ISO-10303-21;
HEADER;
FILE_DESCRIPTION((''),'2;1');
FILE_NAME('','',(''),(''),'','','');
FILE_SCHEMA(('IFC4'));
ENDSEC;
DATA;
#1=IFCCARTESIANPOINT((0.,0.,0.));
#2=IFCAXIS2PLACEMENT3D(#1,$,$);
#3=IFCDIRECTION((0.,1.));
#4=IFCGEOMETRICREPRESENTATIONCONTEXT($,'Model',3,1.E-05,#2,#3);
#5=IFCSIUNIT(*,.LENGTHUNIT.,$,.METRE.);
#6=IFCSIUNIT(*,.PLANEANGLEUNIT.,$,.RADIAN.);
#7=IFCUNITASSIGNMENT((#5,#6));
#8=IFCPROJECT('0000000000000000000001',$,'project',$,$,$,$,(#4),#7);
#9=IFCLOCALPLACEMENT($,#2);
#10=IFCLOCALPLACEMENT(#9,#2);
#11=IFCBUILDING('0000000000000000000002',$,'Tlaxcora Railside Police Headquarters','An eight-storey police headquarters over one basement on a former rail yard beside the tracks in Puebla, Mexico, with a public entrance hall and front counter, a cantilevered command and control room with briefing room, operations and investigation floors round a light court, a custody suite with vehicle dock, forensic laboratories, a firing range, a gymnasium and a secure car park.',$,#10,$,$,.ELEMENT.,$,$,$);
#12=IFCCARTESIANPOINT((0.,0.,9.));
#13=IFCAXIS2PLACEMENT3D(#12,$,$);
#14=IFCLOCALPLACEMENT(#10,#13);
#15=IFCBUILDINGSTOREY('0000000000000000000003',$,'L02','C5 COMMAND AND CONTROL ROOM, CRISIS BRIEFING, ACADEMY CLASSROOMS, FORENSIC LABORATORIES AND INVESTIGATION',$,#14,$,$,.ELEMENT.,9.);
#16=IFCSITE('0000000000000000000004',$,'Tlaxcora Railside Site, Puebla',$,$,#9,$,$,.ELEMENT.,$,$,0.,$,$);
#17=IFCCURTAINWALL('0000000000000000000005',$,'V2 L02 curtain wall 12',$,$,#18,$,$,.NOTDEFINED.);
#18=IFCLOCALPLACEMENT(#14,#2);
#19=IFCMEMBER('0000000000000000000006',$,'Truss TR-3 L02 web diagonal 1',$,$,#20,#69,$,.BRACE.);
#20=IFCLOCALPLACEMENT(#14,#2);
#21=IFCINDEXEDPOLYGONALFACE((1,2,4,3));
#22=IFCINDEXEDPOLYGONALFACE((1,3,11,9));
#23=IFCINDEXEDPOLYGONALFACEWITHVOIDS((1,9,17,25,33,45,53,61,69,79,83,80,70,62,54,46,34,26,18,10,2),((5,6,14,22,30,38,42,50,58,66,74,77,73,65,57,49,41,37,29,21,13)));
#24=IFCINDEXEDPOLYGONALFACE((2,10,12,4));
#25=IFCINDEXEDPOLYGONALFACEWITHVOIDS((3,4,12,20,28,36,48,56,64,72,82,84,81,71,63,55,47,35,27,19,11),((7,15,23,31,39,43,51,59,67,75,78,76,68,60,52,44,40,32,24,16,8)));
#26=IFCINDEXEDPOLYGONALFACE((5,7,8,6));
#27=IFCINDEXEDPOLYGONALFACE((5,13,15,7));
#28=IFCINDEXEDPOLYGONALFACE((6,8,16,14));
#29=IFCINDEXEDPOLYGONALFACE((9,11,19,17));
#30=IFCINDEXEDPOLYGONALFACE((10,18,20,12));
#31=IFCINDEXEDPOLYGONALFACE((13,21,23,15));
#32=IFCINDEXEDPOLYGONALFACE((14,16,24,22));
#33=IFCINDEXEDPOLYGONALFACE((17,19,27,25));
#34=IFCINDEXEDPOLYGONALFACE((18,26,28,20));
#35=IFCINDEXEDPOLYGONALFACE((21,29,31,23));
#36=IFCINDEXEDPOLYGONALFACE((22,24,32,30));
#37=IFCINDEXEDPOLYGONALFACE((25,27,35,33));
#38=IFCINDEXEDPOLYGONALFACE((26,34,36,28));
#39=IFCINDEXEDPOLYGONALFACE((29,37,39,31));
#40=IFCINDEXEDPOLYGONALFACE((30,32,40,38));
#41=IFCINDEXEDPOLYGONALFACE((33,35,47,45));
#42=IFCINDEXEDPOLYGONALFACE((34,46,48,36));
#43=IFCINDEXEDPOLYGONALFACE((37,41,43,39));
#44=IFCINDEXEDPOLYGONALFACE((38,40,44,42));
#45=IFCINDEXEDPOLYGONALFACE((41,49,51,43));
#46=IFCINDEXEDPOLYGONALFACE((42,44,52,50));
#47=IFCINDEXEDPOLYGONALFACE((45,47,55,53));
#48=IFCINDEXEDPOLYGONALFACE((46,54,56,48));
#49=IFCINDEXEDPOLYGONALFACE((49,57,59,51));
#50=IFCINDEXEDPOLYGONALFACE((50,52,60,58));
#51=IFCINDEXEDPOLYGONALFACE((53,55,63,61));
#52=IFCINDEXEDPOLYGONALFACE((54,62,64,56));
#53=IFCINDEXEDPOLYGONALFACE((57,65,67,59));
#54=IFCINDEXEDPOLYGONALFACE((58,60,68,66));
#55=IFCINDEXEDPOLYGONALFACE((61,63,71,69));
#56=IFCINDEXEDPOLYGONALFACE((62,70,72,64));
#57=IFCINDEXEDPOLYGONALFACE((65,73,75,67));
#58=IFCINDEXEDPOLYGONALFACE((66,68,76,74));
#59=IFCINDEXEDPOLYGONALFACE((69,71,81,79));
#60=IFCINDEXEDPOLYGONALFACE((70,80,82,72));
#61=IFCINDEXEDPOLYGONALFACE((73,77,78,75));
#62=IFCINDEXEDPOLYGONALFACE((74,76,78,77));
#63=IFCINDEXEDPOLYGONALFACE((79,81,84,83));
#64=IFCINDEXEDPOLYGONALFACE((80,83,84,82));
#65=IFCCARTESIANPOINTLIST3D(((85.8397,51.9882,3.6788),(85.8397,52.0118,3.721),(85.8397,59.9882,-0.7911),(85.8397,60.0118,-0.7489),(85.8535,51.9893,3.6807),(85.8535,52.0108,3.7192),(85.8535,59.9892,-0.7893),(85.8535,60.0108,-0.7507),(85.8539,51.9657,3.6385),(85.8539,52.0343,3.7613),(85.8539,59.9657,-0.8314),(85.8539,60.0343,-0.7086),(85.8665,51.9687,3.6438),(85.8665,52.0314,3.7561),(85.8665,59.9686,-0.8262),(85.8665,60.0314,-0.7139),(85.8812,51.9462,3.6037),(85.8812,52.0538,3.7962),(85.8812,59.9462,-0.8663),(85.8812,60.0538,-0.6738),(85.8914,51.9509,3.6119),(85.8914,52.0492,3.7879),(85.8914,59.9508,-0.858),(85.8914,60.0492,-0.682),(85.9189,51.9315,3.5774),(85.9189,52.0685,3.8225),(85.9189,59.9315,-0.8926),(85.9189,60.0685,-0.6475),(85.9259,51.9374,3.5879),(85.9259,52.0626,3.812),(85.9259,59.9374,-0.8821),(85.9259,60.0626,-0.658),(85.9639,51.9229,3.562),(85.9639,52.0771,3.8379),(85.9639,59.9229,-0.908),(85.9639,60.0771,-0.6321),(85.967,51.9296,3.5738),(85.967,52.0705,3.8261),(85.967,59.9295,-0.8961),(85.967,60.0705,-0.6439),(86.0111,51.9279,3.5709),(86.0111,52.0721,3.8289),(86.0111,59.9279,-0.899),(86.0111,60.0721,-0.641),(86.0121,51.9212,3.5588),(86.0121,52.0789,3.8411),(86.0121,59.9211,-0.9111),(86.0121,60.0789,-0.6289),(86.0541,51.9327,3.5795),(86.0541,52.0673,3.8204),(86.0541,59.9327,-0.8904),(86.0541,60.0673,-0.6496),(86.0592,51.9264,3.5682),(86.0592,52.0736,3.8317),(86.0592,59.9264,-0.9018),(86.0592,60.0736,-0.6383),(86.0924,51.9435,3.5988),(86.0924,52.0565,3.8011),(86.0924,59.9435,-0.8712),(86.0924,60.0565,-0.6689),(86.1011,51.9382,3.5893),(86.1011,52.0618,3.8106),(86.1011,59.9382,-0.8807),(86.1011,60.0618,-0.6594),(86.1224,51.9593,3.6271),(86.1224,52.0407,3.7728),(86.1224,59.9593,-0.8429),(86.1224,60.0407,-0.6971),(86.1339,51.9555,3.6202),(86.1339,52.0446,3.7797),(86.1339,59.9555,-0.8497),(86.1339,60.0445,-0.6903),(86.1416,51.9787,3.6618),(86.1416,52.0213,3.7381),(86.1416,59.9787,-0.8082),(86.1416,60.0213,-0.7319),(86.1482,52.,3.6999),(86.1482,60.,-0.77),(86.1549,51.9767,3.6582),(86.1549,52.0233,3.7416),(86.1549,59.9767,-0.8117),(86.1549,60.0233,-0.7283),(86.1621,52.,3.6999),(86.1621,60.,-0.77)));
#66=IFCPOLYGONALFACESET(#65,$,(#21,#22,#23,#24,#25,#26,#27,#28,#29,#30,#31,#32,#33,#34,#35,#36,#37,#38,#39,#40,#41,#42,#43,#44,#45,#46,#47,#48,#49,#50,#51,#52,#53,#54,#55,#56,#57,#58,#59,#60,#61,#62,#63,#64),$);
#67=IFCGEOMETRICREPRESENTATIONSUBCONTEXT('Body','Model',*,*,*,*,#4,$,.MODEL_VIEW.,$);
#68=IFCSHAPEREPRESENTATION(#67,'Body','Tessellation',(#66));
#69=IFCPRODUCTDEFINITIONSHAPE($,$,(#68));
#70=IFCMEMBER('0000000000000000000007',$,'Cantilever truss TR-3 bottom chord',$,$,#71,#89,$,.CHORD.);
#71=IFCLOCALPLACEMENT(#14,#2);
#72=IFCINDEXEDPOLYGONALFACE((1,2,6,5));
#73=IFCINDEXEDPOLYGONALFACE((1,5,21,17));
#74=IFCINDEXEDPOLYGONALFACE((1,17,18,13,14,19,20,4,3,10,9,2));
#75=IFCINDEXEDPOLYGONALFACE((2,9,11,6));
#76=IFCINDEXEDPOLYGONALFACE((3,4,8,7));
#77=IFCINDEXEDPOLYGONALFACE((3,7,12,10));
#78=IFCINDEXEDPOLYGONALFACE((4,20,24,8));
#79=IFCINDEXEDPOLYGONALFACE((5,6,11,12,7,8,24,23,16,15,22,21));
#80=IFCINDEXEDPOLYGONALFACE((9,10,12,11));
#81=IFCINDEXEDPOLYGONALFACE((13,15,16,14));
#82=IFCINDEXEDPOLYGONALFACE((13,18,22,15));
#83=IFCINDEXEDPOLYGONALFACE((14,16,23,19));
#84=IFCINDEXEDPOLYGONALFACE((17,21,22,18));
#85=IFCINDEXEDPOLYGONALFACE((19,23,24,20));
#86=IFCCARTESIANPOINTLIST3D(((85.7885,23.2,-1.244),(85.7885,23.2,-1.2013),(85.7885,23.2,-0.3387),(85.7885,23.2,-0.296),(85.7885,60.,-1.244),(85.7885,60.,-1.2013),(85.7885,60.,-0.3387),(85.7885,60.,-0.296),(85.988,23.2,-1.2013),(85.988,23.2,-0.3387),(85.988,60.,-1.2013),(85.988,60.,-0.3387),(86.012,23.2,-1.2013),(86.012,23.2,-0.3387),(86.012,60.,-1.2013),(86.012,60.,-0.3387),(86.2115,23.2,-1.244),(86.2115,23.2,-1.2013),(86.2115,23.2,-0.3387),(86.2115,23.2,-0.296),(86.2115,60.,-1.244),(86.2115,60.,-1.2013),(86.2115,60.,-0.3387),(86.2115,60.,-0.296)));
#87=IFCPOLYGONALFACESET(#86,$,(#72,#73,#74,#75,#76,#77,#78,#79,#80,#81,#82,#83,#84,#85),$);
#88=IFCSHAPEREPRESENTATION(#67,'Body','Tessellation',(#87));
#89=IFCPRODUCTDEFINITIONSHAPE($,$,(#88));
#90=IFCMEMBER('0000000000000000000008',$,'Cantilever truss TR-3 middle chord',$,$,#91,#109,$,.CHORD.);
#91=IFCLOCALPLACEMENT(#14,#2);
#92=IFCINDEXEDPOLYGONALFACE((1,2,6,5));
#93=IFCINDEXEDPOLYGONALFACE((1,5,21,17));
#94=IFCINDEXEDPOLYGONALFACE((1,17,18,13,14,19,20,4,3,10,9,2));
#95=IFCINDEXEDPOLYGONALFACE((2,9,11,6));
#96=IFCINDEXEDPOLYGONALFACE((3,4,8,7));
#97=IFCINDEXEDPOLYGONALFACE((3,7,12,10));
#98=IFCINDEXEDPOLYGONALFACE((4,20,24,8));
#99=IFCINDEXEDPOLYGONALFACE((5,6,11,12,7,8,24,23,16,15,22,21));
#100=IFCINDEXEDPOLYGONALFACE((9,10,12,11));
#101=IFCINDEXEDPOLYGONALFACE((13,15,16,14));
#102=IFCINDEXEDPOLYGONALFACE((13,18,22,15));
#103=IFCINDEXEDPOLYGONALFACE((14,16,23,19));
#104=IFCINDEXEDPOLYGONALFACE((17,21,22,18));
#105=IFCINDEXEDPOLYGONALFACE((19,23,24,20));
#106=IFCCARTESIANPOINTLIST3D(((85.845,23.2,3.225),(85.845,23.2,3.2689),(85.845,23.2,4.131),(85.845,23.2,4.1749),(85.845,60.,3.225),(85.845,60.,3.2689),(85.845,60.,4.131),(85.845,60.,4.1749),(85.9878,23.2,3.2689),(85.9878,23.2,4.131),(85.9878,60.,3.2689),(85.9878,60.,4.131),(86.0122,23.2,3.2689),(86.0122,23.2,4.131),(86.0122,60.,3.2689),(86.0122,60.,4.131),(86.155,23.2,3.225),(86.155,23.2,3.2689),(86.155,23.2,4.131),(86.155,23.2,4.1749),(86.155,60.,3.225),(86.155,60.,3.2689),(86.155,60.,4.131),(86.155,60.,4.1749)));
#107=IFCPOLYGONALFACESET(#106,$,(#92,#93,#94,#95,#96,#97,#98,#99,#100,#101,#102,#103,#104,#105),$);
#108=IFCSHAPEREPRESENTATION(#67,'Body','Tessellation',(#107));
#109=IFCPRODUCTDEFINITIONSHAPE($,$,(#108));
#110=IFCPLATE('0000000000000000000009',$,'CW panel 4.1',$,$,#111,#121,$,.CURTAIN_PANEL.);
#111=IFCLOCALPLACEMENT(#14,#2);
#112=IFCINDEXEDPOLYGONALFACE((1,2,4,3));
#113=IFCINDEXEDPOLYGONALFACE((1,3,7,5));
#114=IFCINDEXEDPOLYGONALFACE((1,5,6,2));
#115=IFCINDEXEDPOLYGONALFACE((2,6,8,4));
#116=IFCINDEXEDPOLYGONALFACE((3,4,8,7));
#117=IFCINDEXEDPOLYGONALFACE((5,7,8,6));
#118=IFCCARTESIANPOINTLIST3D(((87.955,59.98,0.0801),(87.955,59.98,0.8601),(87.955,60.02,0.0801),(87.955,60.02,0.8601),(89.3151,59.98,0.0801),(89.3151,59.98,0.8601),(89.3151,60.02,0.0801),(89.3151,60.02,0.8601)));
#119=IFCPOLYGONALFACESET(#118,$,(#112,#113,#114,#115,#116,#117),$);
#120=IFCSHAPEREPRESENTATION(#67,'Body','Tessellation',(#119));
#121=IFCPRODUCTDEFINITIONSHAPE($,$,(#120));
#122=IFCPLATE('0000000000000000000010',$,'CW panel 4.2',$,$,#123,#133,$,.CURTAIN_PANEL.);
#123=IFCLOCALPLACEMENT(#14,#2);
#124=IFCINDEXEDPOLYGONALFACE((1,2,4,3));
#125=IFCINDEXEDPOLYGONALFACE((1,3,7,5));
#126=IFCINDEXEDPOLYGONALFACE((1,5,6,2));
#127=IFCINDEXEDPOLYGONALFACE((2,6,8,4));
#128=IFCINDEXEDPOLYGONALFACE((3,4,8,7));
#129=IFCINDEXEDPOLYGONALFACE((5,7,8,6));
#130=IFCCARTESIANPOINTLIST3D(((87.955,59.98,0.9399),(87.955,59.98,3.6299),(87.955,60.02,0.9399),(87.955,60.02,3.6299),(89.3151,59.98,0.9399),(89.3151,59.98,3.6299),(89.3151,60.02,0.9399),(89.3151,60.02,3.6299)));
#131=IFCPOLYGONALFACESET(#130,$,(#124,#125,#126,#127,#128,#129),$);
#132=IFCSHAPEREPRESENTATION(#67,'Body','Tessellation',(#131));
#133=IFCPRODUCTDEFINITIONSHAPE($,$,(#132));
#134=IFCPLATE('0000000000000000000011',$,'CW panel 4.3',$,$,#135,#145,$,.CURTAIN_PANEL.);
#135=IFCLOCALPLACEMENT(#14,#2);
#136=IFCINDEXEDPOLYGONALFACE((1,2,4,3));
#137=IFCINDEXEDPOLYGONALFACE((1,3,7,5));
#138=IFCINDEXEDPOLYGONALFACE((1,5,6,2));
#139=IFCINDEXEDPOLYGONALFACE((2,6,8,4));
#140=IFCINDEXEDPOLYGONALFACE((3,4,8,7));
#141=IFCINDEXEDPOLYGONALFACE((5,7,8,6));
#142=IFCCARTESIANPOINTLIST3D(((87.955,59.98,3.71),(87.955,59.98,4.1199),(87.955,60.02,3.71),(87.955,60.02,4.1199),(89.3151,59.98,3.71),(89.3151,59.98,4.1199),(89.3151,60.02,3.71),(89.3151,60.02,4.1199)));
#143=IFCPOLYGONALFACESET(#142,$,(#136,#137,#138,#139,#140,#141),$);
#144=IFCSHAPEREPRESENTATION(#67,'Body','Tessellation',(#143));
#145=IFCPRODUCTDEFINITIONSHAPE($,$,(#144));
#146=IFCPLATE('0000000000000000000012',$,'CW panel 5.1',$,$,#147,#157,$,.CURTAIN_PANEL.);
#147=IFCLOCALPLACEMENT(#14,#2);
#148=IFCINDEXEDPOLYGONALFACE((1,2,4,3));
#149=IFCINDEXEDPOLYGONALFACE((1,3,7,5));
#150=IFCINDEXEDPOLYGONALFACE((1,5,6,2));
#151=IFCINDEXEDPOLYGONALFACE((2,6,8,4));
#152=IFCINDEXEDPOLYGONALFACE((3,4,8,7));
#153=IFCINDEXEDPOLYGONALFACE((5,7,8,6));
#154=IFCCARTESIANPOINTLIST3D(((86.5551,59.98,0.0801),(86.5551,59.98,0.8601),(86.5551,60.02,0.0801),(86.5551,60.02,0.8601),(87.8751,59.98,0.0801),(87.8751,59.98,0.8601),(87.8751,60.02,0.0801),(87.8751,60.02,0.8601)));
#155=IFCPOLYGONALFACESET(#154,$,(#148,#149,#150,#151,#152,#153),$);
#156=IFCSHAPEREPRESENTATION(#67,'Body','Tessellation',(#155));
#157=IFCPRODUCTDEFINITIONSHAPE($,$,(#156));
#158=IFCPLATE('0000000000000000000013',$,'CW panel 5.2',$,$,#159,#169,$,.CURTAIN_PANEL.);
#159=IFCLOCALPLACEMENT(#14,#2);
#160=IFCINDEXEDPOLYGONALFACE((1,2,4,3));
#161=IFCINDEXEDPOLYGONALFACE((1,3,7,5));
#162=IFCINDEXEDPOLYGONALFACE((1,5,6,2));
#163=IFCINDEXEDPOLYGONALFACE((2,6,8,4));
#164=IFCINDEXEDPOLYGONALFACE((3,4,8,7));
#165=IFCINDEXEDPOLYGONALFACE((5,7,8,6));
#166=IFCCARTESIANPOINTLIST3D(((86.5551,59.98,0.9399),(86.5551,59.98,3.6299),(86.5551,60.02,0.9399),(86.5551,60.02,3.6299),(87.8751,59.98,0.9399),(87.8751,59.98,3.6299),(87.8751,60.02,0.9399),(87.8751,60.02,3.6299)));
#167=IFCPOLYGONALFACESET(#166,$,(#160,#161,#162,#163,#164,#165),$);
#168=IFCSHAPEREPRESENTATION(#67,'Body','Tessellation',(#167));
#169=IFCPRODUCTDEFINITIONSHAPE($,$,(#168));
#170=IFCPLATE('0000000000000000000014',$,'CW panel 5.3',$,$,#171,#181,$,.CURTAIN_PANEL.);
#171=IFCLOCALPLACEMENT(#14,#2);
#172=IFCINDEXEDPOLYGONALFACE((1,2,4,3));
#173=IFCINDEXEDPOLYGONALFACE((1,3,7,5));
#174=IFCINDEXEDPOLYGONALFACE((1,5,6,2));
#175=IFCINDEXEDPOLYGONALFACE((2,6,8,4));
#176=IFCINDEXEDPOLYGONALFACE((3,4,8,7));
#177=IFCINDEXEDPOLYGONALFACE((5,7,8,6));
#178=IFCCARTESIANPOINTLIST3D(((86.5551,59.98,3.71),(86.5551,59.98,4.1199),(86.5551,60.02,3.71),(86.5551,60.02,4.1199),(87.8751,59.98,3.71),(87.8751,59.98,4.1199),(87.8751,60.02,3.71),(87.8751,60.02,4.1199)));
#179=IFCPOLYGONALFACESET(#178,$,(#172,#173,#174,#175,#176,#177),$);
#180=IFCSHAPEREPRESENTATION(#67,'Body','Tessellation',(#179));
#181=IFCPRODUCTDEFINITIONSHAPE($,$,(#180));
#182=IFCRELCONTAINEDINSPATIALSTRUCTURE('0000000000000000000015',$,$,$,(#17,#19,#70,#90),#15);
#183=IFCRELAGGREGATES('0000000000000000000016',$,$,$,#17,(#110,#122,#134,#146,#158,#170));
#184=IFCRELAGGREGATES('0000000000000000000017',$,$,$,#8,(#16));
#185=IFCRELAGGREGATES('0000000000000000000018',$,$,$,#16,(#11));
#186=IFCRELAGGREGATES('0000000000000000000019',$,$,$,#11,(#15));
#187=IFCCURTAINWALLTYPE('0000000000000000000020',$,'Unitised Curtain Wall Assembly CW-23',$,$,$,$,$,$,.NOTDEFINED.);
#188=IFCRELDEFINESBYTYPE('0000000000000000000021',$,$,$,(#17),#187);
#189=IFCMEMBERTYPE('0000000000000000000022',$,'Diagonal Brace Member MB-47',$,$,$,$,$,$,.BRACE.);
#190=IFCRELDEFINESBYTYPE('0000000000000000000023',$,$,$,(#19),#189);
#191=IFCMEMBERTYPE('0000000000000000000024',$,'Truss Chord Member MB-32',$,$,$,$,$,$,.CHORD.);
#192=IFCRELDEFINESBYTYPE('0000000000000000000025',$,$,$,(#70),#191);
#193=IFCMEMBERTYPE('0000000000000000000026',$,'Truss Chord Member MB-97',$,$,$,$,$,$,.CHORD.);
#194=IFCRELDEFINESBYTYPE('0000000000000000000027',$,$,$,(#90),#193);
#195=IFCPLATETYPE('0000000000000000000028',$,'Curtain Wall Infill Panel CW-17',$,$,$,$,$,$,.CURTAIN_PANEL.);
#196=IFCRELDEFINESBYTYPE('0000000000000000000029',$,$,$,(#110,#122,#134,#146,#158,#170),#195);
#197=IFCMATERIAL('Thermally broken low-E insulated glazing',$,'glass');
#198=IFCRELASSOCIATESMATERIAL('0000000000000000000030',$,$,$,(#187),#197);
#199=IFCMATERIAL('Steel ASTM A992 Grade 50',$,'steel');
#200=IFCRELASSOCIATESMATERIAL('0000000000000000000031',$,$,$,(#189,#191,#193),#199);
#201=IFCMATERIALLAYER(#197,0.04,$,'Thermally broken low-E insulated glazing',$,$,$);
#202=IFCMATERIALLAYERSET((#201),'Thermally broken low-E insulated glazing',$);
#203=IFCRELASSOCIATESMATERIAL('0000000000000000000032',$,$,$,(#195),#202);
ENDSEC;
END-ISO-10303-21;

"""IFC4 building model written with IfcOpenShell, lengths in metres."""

from ifc_helpers import new_model, si_unit, direction, frame, origin, origin_2d, place, context, subcontext, project, spatial, rectangle, hollow_circle, i_section, extrude, material, layer, layer_set, material_profile, profile_set, type_object, element, aggregate, save


model = new_model("IFC4")

# Units and contexts
model_context = context("Model", 3, precision=1e-05, world=origin(), true_north=direction((0.0, 1.0)))
body_context = subcontext(model_context, "Body", "Model", "MODEL_VIEW")
ifc_project = project(units=[si_unit("LENGTHUNIT", "METRE"), si_unit("PLANEANGLEUNIT", "RADIAN")], contexts=[model_context])

# Site, building, storey
site_placement = place(None, origin())
site = spatial("IfcSite", under=ifc_project, at=site_placement, Name="Tlaxcora Railside Site, Puebla", CompositionType="ELEMENT", RefElevation=0.0)
building_placement = place(site_placement, origin())
building = spatial("IfcBuilding", under=site, at=building_placement, Name="Tlaxcora Railside Police Headquarters", Description="An eight-storey police headquarters over one basement on a former rail yard beside the tracks in Puebla, Mexico, with a public entrance hall and front counter, a cantilevered command and control room with briefing room, operations and investigation floors round a light court, a custody suite with vehicle dock, forensic laboratories, a firing range, a gymnasium and a secure car park.", CompositionType="ELEMENT")
storey_placement = place(building_placement, frame((0.0, 0.0, 9.0)))
storey = spatial("IfcBuildingStorey", under=building, at=storey_placement, Name="L02", Description="C5 COMMAND AND CONTROL ROOM, CRISIS BRIEFING, ACADEMY CLASSROOMS, FORENSIC LABORATORIES AND INVESTIGATION", CompositionType="ELEMENT", Elevation=9.0)

# Curtain wall
ifc_material_1 = material(Name="Thermally broken low-E insulated glazing", Category="glass")
curtain_wall_type_1 = type_object("IfcCurtainWallType", Name="Unitised Curtain Wall Assembly CW-23", PredefinedType="NOTDEFINED", material=ifc_material_1)
curtain_wall_1_placement = place(storey_placement, origin())
curtain_wall_1 = element("IfcCurtainWall", 1, at=curtain_wall_1_placement, inside=storey, type_object=curtain_wall_type_1, Name="V2 L02 curtain wall 12", PredefinedType="NOTDEFINED")

# Members
ifc_material_2 = material(Name="Steel ASTM A992 Grade 50", Category="steel")
ifc_material_profile_1 = material_profile(ifc_material_2, hollow_circle(Radius=0.1621, WallThickness=0.0139, at=origin_2d()), Name="CHS324X14")
ifc_profile_set_1 = profile_set([ifc_material_profile_1], Name="Steel ASTM A992 Grade 50")
member_type_1 = type_object("IfcMemberType", Name="Diagonal Brace Member MB-47", PredefinedType="BRACE", material=ifc_profile_set_1)
member_1_placement = place(storey_placement, frame((86.0, 60.0, -0.77), z_axis=(0.0, -0.872972, 0.48777), x_axis=(1.0, 0.0, 0.0)))
element("IfcMember", 2, at=member_1_placement, inside=storey, type_object=member_type_1, Name="Truss TR-3 L02 web diagonal 1", PredefinedType="BRACE", context=body_context, shape_type="SweptSolid", body=[
    extrude(hollow_circle(Radius=0.1621, WallThickness=0.0139, at=origin_2d()), origin(), (0.0, 0.0, 1.0), 9.1641),
])
ifc_material_profile_2 = material_profile(ifc_material_2, i_section(OverallWidth=0.4231, OverallDepth=0.948, WebThickness=0.0239, FlangeThickness=0.0427, at=origin_2d()), Name="W36X302")
ifc_profile_set_2 = profile_set([ifc_material_profile_2], Name="Steel ASTM A992 Grade 50")
member_type_2 = type_object("IfcMemberType", Name="Truss Chord Member MB-32", PredefinedType="CHORD", material=ifc_profile_set_2)
member_2_placement = place(storey_placement, frame((86.0, 60.0, -0.77), z_axis=(0.0, -1.0, 0.0), x_axis=(1.0, 0.0, 0.0)))
element("IfcMember", 3, at=member_2_placement, inside=storey, type_object=member_type_2, Name="Cantilever truss TR-3 bottom chord", PredefinedType="CHORD", context=body_context, shape_type="SweptSolid", body=[
    extrude(i_section(OverallWidth=0.4231, OverallDepth=0.948, WebThickness=0.0239, FlangeThickness=0.0427, at=origin_2d()), origin(), (0.0, 0.0, 1.0), 36.8),
])
ifc_material_profile_3 = material_profile(ifc_material_2, i_section(OverallWidth=0.3101, OverallDepth=0.95, WebThickness=0.0244, FlangeThickness=0.0439, at=origin_2d()), Name="W36X256")
ifc_profile_set_3 = profile_set([ifc_material_profile_3], Name="Steel ASTM A992 Grade 50")
member_type_3 = type_object("IfcMemberType", Name="Truss Chord Member MB-97", PredefinedType="CHORD", material=ifc_profile_set_3)
member_3_placement = place(storey_placement, frame((86.0, 60.0, 3.7), z_axis=(0.0, -1.0, 0.0), x_axis=(1.0, 0.0, 0.0)))
element("IfcMember", 4, at=member_3_placement, inside=storey, type_object=member_type_3, Name="Cantilever truss TR-3 middle chord", PredefinedType="CHORD", context=body_context, shape_type="SweptSolid", body=[
    extrude(i_section(OverallWidth=0.3101, OverallDepth=0.95, WebThickness=0.0244, FlangeThickness=0.0439, at=origin_2d()), origin(), (0.0, 0.0, 1.0), 36.8),
])

# Plates
ifc_layer_1 = layer(ifc_material_1, 0.04, Name="Thermally broken low-E insulated glazing")
ifc_layer_set_1 = layer_set([ifc_layer_1], Name="Thermally broken low-E insulated glazing")
plate_type_1 = type_object("IfcPlateType", Name="Curtain Wall Infill Panel CW-17", PredefinedType="CURTAIN_PANEL", material=ifc_layer_set_1)
plate_1_placement = place(storey_placement, frame((88.635, 60.0, 0.0801), z_axis=(0.0, 0.0, 1.0), x_axis=(-1.0, 0.0, 0.0)))
plate_1 = element("IfcPlate", 5, at=plate_1_placement, type_object=plate_type_1, Name="CW panel 4.1", PredefinedType="CURTAIN_PANEL", context=body_context, shape_type="SweptSolid", body=[
    extrude(rectangle(XDim=1.3601, YDim=0.04, at=origin_2d()), origin(), (0.0, 0.0, 1.0), 0.78),
])
plate_2_placement = place(storey_placement, frame((88.635, 60.0, 0.9399), z_axis=(0.0, 0.0, 1.0), x_axis=(-1.0, 0.0, 0.0)))
plate_2 = element("IfcPlate", 6, at=plate_2_placement, type_object=plate_type_1, Name="CW panel 4.2", PredefinedType="CURTAIN_PANEL", context=body_context, shape_type="SweptSolid", body=[
    extrude(rectangle(XDim=1.3601, YDim=0.04, at=origin_2d()), origin(), (0.0, 0.0, 1.0), 2.6899),
])
plate_3_placement = place(storey_placement, frame((88.635, 60.0, 3.71), z_axis=(0.0, 0.0, 1.0), x_axis=(-1.0, 0.0, 0.0)))
plate_3 = element("IfcPlate", 7, at=plate_3_placement, type_object=plate_type_1, Name="CW panel 4.3", PredefinedType="CURTAIN_PANEL", context=body_context, shape_type="SweptSolid", body=[
    extrude(rectangle(XDim=1.3601, YDim=0.04, at=origin_2d()), origin(), (0.0, 0.0, 1.0), 0.4099),
])
plate_4_placement = place(storey_placement, frame((87.2151, 60.0, 0.0801), z_axis=(0.0, 0.0, 1.0), x_axis=(-1.0, 0.0, 0.0)))
plate_4 = element("IfcPlate", 8, at=plate_4_placement, type_object=plate_type_1, Name="CW panel 5.1", PredefinedType="CURTAIN_PANEL", context=body_context, shape_type="SweptSolid", body=[
    extrude(rectangle(XDim=1.3201, YDim=0.04, at=origin_2d()), origin(), (0.0, 0.0, 1.0), 0.78),
])
plate_5_placement = place(storey_placement, frame((87.2151, 60.0, 0.9399), z_axis=(0.0, 0.0, 1.0), x_axis=(-1.0, 0.0, 0.0)))
plate_5 = element("IfcPlate", 9, at=plate_5_placement, type_object=plate_type_1, Name="CW panel 5.2", PredefinedType="CURTAIN_PANEL", context=body_context, shape_type="SweptSolid", body=[
    extrude(rectangle(XDim=1.3201, YDim=0.04, at=origin_2d()), origin(), (0.0, 0.0, 1.0), 2.6899),
])
plate_6_placement = place(storey_placement, frame((87.2151, 60.0, 3.71), z_axis=(0.0, 0.0, 1.0), x_axis=(-1.0, 0.0, 0.0)))
plate_6 = element("IfcPlate", 10, at=plate_6_placement, type_object=plate_type_1, Name="CW panel 5.3", PredefinedType="CURTAIN_PANEL", context=body_context, shape_type="SweptSolid", body=[
    extrude(rectangle(XDim=1.3201, YDim=0.04, at=origin_2d()), origin(), (0.0, 0.0, 1.0), 0.4099),
])
aggregate(curtain_wall_1, [plate_1, plate_2, plate_3, plate_4, plate_5, plate_6])

save(model, "model.ifc")
